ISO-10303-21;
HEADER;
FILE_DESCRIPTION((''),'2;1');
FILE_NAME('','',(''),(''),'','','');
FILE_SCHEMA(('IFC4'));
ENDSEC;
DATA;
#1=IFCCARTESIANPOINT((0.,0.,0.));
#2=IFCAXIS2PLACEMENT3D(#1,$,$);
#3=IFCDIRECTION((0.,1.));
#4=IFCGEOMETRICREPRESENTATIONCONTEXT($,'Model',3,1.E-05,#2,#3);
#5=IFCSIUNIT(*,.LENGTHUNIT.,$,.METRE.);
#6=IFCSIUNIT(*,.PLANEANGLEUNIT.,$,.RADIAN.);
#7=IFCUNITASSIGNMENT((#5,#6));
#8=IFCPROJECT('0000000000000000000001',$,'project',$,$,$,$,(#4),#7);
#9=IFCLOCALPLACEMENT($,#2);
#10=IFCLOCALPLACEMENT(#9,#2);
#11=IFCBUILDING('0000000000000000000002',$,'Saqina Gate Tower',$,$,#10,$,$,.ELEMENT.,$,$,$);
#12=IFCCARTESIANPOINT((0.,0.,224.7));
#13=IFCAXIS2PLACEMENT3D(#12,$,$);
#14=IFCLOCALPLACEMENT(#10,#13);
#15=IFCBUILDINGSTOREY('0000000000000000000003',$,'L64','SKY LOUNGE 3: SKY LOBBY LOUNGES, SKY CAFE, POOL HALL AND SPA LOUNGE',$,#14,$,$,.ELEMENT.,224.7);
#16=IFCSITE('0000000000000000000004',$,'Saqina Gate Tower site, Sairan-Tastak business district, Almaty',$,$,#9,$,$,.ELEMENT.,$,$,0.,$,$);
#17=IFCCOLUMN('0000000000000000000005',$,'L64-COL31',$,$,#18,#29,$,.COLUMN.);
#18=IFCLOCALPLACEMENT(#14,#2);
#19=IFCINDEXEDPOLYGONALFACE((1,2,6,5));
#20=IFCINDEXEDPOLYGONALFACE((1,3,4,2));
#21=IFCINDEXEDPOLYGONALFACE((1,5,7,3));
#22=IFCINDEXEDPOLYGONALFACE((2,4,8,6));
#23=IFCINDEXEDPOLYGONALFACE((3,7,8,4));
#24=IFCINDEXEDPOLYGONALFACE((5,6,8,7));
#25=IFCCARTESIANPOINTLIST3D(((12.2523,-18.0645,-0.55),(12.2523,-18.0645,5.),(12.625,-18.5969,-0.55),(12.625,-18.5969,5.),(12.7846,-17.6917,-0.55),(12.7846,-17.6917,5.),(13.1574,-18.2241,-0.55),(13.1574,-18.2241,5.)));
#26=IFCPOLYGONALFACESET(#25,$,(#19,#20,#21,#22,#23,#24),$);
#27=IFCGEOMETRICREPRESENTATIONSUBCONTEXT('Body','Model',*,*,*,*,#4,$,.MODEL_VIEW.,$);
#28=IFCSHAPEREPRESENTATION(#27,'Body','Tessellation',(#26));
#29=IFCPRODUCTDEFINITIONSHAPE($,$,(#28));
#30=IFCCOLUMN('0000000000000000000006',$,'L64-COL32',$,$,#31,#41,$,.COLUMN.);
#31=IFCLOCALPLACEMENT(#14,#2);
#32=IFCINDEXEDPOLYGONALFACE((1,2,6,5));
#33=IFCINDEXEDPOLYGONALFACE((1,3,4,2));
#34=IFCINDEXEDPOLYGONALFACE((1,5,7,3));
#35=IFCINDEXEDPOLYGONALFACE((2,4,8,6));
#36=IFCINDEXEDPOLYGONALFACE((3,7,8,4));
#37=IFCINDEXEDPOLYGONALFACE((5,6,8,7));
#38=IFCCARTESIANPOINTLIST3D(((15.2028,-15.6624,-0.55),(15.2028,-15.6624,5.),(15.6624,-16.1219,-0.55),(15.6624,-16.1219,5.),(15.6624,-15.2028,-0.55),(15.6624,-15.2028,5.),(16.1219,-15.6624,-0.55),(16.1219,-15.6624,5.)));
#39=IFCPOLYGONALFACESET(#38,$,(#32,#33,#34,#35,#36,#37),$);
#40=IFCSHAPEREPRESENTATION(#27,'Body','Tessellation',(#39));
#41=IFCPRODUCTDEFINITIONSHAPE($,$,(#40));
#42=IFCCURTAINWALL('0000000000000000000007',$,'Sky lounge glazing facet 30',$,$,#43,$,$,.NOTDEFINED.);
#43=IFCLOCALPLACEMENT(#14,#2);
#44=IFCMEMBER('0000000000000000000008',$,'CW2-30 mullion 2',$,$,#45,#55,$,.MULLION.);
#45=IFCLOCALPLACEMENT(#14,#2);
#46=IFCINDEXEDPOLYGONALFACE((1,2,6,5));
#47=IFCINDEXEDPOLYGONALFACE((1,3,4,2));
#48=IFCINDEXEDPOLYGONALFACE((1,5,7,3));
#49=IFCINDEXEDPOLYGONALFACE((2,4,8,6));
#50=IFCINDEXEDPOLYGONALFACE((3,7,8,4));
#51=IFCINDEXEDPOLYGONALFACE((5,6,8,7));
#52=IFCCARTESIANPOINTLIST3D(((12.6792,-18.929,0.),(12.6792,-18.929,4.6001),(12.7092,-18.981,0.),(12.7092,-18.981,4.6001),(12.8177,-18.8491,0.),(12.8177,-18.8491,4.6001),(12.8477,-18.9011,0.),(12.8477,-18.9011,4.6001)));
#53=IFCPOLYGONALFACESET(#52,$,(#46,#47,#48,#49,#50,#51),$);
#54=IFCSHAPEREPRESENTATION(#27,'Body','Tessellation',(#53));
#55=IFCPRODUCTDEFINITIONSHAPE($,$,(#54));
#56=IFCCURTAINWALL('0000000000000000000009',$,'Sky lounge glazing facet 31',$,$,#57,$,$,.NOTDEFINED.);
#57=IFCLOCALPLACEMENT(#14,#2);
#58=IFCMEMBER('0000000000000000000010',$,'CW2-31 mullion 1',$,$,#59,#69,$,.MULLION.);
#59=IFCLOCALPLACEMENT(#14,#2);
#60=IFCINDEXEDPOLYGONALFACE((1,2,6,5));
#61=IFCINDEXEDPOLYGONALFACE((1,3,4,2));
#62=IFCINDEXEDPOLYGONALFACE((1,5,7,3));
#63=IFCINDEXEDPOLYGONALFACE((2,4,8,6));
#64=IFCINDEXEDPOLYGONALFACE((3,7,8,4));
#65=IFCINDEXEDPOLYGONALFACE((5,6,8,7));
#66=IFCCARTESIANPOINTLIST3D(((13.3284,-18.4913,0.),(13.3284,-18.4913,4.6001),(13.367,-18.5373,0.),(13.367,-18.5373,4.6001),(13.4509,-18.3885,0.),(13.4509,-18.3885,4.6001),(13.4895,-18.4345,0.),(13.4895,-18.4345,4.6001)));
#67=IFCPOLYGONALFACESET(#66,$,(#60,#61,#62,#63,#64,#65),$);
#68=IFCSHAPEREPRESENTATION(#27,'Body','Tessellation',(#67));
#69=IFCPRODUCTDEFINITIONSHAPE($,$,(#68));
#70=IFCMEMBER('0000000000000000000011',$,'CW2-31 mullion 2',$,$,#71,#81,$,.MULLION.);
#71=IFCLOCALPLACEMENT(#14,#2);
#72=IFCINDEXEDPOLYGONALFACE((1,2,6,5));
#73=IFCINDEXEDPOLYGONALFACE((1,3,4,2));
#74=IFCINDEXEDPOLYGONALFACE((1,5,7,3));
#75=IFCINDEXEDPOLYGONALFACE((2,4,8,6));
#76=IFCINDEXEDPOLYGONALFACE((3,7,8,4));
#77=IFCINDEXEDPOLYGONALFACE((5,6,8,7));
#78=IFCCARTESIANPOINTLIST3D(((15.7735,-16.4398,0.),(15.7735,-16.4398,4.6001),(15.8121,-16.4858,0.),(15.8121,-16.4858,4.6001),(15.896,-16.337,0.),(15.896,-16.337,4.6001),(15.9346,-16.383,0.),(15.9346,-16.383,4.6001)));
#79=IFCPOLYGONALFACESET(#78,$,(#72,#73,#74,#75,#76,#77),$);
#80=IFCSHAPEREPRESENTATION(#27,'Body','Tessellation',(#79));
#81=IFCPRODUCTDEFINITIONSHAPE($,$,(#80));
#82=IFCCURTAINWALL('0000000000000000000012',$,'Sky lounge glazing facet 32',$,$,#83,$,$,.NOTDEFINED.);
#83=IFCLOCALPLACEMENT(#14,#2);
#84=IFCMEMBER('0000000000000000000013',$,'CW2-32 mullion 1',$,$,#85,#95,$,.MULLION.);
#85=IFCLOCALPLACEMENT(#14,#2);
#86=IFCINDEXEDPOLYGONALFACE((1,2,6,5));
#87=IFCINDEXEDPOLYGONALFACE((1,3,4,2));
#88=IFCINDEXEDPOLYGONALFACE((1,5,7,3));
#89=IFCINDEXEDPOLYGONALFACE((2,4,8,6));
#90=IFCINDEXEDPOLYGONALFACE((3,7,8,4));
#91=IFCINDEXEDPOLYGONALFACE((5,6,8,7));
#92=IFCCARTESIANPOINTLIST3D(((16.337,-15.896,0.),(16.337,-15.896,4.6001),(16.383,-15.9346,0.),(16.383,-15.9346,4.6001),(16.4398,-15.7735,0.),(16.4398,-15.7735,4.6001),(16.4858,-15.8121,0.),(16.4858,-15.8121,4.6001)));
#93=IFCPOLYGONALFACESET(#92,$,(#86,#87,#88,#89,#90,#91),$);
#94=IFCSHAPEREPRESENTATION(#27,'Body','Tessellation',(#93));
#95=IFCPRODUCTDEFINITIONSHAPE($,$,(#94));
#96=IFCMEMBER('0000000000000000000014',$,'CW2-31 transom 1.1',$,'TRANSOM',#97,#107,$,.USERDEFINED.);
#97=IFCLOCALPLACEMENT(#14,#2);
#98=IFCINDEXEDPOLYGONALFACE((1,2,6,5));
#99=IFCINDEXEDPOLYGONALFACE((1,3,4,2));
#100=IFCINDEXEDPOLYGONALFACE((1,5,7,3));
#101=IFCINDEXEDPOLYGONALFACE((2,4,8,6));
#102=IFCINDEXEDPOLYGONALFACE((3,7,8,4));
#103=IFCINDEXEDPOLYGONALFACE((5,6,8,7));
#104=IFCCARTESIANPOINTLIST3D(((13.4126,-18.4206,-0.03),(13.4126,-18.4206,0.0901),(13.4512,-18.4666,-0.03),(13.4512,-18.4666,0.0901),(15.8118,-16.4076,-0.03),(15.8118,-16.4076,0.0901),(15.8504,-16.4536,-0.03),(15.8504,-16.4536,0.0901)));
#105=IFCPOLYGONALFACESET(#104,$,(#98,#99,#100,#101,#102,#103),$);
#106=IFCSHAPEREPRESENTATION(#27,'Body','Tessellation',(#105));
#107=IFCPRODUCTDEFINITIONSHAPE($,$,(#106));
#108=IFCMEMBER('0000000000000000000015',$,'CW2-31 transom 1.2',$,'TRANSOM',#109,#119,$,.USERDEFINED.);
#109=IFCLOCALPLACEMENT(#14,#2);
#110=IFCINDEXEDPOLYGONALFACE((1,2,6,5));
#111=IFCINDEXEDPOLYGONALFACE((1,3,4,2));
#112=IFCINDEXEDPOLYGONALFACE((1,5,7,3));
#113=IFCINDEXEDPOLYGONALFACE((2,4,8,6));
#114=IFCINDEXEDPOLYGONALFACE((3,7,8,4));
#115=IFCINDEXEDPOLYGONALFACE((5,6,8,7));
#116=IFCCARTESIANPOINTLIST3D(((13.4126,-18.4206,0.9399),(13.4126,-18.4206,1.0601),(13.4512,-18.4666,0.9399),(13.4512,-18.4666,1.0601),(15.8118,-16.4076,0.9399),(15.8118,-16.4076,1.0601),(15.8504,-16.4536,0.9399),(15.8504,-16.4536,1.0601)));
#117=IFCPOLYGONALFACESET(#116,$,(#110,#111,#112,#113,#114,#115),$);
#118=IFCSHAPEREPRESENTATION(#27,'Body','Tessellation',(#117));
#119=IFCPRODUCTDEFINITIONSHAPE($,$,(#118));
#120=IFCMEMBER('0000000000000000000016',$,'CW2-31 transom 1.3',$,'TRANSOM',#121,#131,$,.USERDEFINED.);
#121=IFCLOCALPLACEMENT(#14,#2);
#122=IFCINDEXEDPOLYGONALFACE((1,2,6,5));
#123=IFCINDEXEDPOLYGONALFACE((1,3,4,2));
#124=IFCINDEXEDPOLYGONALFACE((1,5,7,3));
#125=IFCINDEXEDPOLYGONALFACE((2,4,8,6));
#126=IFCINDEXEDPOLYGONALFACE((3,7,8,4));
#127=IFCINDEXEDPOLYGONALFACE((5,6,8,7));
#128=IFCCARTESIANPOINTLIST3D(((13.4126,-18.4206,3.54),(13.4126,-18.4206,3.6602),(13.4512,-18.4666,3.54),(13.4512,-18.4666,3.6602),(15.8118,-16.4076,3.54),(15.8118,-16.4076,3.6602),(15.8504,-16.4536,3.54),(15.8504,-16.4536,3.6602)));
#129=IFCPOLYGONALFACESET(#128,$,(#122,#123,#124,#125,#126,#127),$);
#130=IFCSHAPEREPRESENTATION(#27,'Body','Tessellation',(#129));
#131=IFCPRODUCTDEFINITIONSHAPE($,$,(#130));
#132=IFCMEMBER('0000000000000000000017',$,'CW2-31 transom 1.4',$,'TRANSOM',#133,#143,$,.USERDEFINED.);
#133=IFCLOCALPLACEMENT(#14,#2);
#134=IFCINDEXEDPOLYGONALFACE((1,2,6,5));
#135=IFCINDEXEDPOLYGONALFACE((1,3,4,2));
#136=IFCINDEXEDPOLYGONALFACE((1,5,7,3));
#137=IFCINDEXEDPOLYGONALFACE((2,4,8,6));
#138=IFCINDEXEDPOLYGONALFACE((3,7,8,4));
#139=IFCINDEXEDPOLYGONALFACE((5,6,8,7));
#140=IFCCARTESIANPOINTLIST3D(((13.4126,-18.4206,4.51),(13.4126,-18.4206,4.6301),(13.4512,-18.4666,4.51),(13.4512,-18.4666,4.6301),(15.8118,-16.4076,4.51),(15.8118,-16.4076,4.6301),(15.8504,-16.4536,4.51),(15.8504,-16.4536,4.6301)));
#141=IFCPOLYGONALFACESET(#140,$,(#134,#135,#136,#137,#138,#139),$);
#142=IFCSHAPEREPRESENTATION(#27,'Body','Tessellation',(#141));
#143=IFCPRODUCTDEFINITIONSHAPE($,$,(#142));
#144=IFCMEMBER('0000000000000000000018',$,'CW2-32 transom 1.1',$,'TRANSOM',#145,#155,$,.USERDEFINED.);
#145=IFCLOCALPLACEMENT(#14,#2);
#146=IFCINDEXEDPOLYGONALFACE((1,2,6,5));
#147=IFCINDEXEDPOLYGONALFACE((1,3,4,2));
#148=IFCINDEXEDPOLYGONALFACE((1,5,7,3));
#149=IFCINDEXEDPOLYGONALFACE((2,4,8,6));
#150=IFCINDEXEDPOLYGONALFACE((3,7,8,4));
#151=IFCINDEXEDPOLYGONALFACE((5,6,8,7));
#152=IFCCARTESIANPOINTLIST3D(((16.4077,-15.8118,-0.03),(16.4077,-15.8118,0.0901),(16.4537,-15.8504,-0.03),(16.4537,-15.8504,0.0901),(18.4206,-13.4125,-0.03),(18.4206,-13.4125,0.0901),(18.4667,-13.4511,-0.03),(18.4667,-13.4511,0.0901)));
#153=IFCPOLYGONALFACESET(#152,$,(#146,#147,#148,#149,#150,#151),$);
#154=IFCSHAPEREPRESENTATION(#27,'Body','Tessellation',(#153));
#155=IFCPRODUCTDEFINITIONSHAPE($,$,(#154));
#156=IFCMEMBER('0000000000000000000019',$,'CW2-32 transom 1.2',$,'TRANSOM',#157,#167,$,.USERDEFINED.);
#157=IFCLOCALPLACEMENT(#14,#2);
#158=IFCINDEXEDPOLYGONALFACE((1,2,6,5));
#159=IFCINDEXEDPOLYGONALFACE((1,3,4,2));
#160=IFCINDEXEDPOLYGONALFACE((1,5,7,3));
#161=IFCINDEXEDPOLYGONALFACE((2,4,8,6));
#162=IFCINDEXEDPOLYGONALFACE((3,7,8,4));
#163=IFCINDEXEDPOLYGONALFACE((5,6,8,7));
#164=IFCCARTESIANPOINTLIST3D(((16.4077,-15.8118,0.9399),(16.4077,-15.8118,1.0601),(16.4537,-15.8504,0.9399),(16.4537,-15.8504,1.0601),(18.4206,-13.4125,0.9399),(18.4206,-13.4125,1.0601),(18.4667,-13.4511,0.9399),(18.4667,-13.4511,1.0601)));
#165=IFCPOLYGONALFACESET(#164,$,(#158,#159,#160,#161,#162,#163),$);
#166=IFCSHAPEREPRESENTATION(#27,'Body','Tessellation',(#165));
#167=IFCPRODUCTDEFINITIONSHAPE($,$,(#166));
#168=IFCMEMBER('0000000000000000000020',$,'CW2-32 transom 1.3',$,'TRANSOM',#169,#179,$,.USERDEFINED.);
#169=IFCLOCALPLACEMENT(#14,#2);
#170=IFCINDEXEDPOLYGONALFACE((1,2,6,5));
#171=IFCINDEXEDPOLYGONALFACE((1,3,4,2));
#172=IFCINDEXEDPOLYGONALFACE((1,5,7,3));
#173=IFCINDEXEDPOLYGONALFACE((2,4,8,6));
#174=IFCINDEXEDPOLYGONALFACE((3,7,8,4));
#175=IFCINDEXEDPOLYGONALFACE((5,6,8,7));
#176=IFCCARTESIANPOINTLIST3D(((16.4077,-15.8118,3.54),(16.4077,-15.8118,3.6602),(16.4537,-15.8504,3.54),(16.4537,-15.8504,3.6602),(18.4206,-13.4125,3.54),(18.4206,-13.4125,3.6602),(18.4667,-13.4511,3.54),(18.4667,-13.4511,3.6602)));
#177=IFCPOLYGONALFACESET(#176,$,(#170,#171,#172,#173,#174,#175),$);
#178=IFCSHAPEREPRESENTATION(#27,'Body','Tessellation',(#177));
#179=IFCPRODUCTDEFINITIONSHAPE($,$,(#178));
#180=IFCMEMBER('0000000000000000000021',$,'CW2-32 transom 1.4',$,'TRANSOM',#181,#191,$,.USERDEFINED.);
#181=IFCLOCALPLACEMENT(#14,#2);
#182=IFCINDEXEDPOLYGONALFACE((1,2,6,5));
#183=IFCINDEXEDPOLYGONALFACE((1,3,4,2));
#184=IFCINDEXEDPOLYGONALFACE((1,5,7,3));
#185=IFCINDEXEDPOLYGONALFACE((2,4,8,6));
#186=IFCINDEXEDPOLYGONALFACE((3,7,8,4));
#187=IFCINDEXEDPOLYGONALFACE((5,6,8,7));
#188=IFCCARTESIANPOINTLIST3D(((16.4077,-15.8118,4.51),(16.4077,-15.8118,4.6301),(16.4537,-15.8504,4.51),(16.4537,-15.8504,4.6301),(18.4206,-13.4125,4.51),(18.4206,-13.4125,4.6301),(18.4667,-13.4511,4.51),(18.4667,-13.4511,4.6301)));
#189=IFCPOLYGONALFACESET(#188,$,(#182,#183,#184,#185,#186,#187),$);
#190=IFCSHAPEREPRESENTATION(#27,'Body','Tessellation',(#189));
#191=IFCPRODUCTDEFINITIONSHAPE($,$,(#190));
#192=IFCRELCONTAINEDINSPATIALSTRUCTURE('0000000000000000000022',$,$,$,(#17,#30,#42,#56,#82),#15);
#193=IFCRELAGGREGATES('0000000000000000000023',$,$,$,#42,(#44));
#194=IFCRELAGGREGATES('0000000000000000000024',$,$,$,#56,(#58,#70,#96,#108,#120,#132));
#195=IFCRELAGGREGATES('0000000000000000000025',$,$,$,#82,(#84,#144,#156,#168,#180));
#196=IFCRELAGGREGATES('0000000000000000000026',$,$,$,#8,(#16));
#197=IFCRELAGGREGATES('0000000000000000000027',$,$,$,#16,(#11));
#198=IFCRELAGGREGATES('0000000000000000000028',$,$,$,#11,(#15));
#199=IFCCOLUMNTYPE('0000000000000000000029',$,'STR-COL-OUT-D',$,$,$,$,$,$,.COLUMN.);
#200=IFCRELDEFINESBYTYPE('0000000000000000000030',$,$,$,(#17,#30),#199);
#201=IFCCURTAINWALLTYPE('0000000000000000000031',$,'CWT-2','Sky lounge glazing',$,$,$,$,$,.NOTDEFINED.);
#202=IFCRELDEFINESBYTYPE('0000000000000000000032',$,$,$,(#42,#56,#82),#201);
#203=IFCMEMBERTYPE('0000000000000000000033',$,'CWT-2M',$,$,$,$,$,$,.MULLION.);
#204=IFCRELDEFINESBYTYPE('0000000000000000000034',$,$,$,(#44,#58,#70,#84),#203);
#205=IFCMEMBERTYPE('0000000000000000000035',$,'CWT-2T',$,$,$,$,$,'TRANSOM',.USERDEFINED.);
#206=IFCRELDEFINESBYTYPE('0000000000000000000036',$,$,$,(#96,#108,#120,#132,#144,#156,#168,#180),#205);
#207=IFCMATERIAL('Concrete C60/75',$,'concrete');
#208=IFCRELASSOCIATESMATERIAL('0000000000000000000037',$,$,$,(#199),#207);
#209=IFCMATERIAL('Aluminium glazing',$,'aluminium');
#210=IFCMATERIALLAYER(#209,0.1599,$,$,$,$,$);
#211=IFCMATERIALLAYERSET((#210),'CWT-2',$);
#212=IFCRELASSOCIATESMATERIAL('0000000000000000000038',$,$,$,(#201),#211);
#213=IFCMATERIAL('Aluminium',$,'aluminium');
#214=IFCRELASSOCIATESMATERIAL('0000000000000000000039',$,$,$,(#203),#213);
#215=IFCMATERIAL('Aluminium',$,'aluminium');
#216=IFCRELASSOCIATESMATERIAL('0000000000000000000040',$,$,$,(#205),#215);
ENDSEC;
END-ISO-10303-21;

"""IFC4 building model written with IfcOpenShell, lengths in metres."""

from ifc_helpers import new_model, si_unit, direction, frame, origin, origin_2d, place, context, subcontext, project, spatial, rectangle, extrude, material, layer, layer_set, material_profile, profile_set, type_object, element, aggregate, save


model = new_model("IFC4")

# Units and contexts
model_context = context("Model", 3, precision=1e-05, world=origin(), true_north=direction((0.0, 1.0)))
body_context = subcontext(model_context, "Body", "Model", "MODEL_VIEW")
ifc_project = project(units=[si_unit("LENGTHUNIT", "METRE"), si_unit("PLANEANGLEUNIT", "RADIAN")], contexts=[model_context])

# Site, building, storey
site_placement = place(None, origin())
site = spatial("IfcSite", under=ifc_project, at=site_placement, Name="Saqina Gate Tower site, Sairan-Tastak business district, Almaty", CompositionType="ELEMENT", RefElevation=0.0)
building_placement = place(site_placement, origin())
building = spatial("IfcBuilding", under=site, at=building_placement, Name="Saqina Gate Tower", CompositionType="ELEMENT")
storey_placement = place(building_placement, frame((0.0, 0.0, 224.7)))
storey = spatial("IfcBuildingStorey", under=building, at=storey_placement, Name="L64", Description="SKY LOUNGE 3: SKY LOBBY LOUNGES, SKY CAFE, POOL HALL AND SPA LOUNGE", CompositionType="ELEMENT", Elevation=224.7)

# Columns
ifc_material_1 = material(Name="Concrete C60/75", Category="concrete")
ifc_material_profile_1 = material_profile(ifc_material_1, rectangle(XDim=0.6499, YDim=0.6499, at=origin_2d()), Name="RC 650x650")
ifc_profile_set_1 = profile_set([ifc_material_profile_1], Name="Concrete C60/75")
column_type = type_object("IfcColumnType", Name="STR-COL-OUT-D", PredefinedType="COLUMN", material=ifc_profile_set_1)
for number, where, z_axis, x_axis, name in (
    (1, (12.7048, -18.1443, -0.55), (0.0, 0.0, 1.0), (0.573576, -0.819152, 0.0), "L64-COL31"),
    (2, (15.6624, -15.6624, -0.55), (0.0, 0.0, 1.0), (0.707107, -0.707107, 0.0), "L64-COL32"),
):
    element("IfcColumn", number, at=place(storey_placement, frame(where, z_axis=z_axis, x_axis=x_axis)), inside=storey, type_object=column_type, Name=name, PredefinedType="COLUMN", context=body_context, shape_type="SweptSolid", body=[
        extrude(rectangle(XDim=0.6499, YDim=0.6499, at=origin_2d()), origin(), (0.0, 0.0, 1.0), 5.55),
    ])

# Curtain wall, member
ifc_material_2 = material(Name="Aluminium glazing", Category="aluminium")
ifc_layer_1 = layer(ifc_material_2, 0.1599)
ifc_layer_set_1 = layer_set([ifc_layer_1], Name="CWT-2")
curtain_wall_type = type_object("IfcCurtainWallType", Name="CWT-2", Description="Sky lounge glazing", PredefinedType="NOTDEFINED", material=ifc_layer_set_1)
curtain_wall_1_placement = place(storey_placement, origin())
curtain_wall_1 = element("IfcCurtainWall", 3, at=curtain_wall_1_placement, inside=storey, type_object=curtain_wall_type, Name="Sky lounge glazing facet 30", PredefinedType="NOTDEFINED")
ifc_material_3 = material(Name="Aluminium", Category="aluminium")
ifc_material_profile_2 = material_profile(ifc_material_3, rectangle(XDim=0.0601, YDim=0.1599, at=origin_2d()), Name="Aluminium 60x160")
ifc_profile_set_2 = profile_set([ifc_material_profile_2], Name="Aluminium")
member_type_1 = type_object("IfcMemberType", Name="CWT-2M", PredefinedType="MULLION", material=ifc_profile_set_2)
member_1_placement = place(storey_placement, frame((12.7634, -18.915, 0.0), z_axis=(0.0, 0.0, 1.0), x_axis=(-0.499972, 0.866042, 0.0)))
member_1 = element("IfcMember", 4, at=member_1_placement, type_object=member_type_1, Name="CW2-30 mullion 2", PredefinedType="MULLION", context=body_context, shape_type="SweptSolid", body=[
    extrude(rectangle(XDim=0.0601, YDim=0.1599, at=origin_2d()), origin(), (0.0, 0.0, 1.0), 4.6001),
])

# Curtain wall, members
curtain_wall_2_placement = place(storey_placement, origin())
curtain_wall_2 = element("IfcCurtainWall", 5, at=curtain_wall_2_placement, inside=storey, type_object=curtain_wall_type, Name="Sky lounge glazing facet 31", PredefinedType="NOTDEFINED")
member_2_placement = place(storey_placement, frame((13.4089, -18.4629, 0.0), z_axis=(0.0, 0.0, 1.0), x_axis=(-0.642785, 0.766046, 0.0)))
member_2 = element("IfcMember", 6, at=member_2_placement, type_object=member_type_1, Name="CW2-31 mullion 1", PredefinedType="MULLION", context=body_context, shape_type="SweptSolid", body=[
    extrude(rectangle(XDim=0.0601, YDim=0.1599, at=origin_2d()), origin(), (0.0, 0.0, 1.0), 4.6001),
])
member_3_placement = place(storey_placement, frame((15.854, -16.4114, 0.0), z_axis=(0.0, 0.0, 1.0), x_axis=(-0.642785, 0.766046, 0.0)))
member_3 = element("IfcMember", 7, at=member_3_placement, type_object=member_type_1, Name="CW2-31 mullion 2", PredefinedType="MULLION", context=body_context, shape_type="SweptSolid", body=[
    extrude(rectangle(XDim=0.0601, YDim=0.1599, at=origin_2d()), origin(), (0.0, 0.0, 1.0), 4.6001),
])

# Curtain wall, member
curtain_wall_3_placement = place(storey_placement, origin())
curtain_wall_3 = element("IfcCurtainWall", 8, at=curtain_wall_3_placement, inside=storey, type_object=curtain_wall_type, Name="Sky lounge glazing facet 32", PredefinedType="NOTDEFINED")
member_4_placement = place(storey_placement, frame((16.4114, -15.854, 0.0), z_axis=(0.0, 0.0, 1.0), x_axis=(-0.766046, 0.642785, 0.0)))
member_4 = element("IfcMember", 9, at=member_4_placement, type_object=member_type_1, Name="CW2-32 mullion 1", PredefinedType="MULLION", context=body_context, shape_type="SweptSolid", body=[
    extrude(rectangle(XDim=0.0601, YDim=0.1599, at=origin_2d()), origin(), (0.0, 0.0, 1.0), 4.6001),
])

# Members
ifc_material_4 = material(Name="Aluminium", Category="aluminium")
ifc_material_profile_3 = material_profile(ifc_material_4, rectangle(XDim=0.0601, YDim=0.1201, at=origin_2d()), Name="Aluminium 60x120")
ifc_profile_set_3 = profile_set([ifc_material_profile_3], Name="Aluminium")
member_type_2 = type_object("IfcMemberType", Name="CWT-2T", ElementType="TRANSOM", PredefinedType="USERDEFINED", material=ifc_profile_set_3)
member_5_placement = place(storey_placement, frame((13.4319, -18.4436, 0.03), z_axis=(0.766076, 0.64275, 0.0), x_axis=(-0.64275, 0.766076, 0.0)))
member_5 = element("IfcMember", 10, at=member_5_placement, type_object=member_type_2, Name="CW2-31 transom 1.1", ObjectType="TRANSOM", PredefinedType="USERDEFINED", context=body_context, shape_type="SweptSolid", body=[
    extrude(rectangle(XDim=0.0601, YDim=0.1201, at=origin_2d()), origin(), (0.0, 0.0, 1.0), 3.1318),
])
member_6_placement = place(storey_placement, frame((13.4319, -18.4436, 1.0), z_axis=(0.766076, 0.64275, 0.0), x_axis=(-0.64275, 0.766076, 0.0)))
member_6 = element("IfcMember", 11, at=member_6_placement, type_object=member_type_2, Name="CW2-31 transom 1.2", ObjectType="TRANSOM", PredefinedType="USERDEFINED", context=body_context, shape_type="SweptSolid", body=[
    extrude(rectangle(XDim=0.0601, YDim=0.1201, at=origin_2d()), origin(), (0.0, 0.0, 1.0), 3.1318),
])
member_7_placement = place(storey_placement, frame((13.4319, -18.4436, 3.6001), z_axis=(0.766076, 0.64275, 0.0), x_axis=(-0.64275, 0.766076, 0.0)))
member_7 = element("IfcMember", 12, at=member_7_placement, type_object=member_type_2, Name="CW2-31 transom 1.3", ObjectType="TRANSOM", PredefinedType="USERDEFINED", context=body_context, shape_type="SweptSolid", body=[
    extrude(rectangle(XDim=0.0601, YDim=0.1201, at=origin_2d()), origin(), (0.0, 0.0, 1.0), 3.1318),
])
member_8_placement = place(storey_placement, frame((13.4319, -18.4436, 4.5701), z_axis=(0.766076, 0.64275, 0.0), x_axis=(-0.64275, 0.766076, 0.0)))
member_8 = element("IfcMember", 13, at=member_8_placement, type_object=member_type_2, Name="CW2-31 transom 1.4", ObjectType="TRANSOM", PredefinedType="USERDEFINED", context=body_context, shape_type="SweptSolid", body=[
    extrude(rectangle(XDim=0.0601, YDim=0.1201, at=origin_2d()), origin(), (0.0, 0.0, 1.0), 3.1318),
])
member_9_placement = place(storey_placement, frame((16.4307, -15.8311, 0.03), z_axis=(0.64275, 0.766076, 0.0), x_axis=(-0.766076, 0.64275, 0.0)))
member_9 = element("IfcMember", 14, at=member_9_placement, type_object=member_type_2, Name="CW2-32 transom 1.1", ObjectType="TRANSOM", PredefinedType="USERDEFINED", context=body_context, shape_type="SweptSolid", body=[
    extrude(rectangle(XDim=0.0601, YDim=0.1201, at=origin_2d()), origin(), (0.0, 0.0, 1.0), 3.1318),
])
member_10_placement = place(storey_placement, frame((16.4307, -15.8311, 1.0), z_axis=(0.64275, 0.766076, 0.0), x_axis=(-0.766076, 0.64275, 0.0)))
member_10 = element("IfcMember", 15, at=member_10_placement, type_object=member_type_2, Name="CW2-32 transom 1.2", ObjectType="TRANSOM", PredefinedType="USERDEFINED", context=body_context, shape_type="SweptSolid", body=[
    extrude(rectangle(XDim=0.0601, YDim=0.1201, at=origin_2d()), origin(), (0.0, 0.0, 1.0), 3.1318),
])
member_11_placement = place(storey_placement, frame((16.4307, -15.8311, 3.6001), z_axis=(0.64275, 0.766076, 0.0), x_axis=(-0.766076, 0.64275, 0.0)))
member_11 = element("IfcMember", 16, at=member_11_placement, type_object=member_type_2, Name="CW2-32 transom 1.3", ObjectType="TRANSOM", PredefinedType="USERDEFINED", context=body_context, shape_type="SweptSolid", body=[
    extrude(rectangle(XDim=0.0601, YDim=0.1201, at=origin_2d()), origin(), (0.0, 0.0, 1.0), 3.1318),
])
member_12_placement = place(storey_placement, frame((16.4307, -15.8311, 4.5701), z_axis=(0.64275, 0.766076, 0.0), x_axis=(-0.766076, 0.64275, 0.0)))
member_12 = element("IfcMember", 17, at=member_12_placement, type_object=member_type_2, Name="CW2-32 transom 1.4", ObjectType="TRANSOM", PredefinedType="USERDEFINED", context=body_context, shape_type="SweptSolid", body=[
    extrude(rectangle(XDim=0.0601, YDim=0.1201, at=origin_2d()), origin(), (0.0, 0.0, 1.0), 3.1318),
])

aggregate(curtain_wall_1, [member_1])
aggregate(curtain_wall_2, [member_2, member_3, member_5, member_6, member_7, member_8])
aggregate(curtain_wall_3, [member_4, member_9, member_10, member_11, member_12])

save(model, "model.ifc")
